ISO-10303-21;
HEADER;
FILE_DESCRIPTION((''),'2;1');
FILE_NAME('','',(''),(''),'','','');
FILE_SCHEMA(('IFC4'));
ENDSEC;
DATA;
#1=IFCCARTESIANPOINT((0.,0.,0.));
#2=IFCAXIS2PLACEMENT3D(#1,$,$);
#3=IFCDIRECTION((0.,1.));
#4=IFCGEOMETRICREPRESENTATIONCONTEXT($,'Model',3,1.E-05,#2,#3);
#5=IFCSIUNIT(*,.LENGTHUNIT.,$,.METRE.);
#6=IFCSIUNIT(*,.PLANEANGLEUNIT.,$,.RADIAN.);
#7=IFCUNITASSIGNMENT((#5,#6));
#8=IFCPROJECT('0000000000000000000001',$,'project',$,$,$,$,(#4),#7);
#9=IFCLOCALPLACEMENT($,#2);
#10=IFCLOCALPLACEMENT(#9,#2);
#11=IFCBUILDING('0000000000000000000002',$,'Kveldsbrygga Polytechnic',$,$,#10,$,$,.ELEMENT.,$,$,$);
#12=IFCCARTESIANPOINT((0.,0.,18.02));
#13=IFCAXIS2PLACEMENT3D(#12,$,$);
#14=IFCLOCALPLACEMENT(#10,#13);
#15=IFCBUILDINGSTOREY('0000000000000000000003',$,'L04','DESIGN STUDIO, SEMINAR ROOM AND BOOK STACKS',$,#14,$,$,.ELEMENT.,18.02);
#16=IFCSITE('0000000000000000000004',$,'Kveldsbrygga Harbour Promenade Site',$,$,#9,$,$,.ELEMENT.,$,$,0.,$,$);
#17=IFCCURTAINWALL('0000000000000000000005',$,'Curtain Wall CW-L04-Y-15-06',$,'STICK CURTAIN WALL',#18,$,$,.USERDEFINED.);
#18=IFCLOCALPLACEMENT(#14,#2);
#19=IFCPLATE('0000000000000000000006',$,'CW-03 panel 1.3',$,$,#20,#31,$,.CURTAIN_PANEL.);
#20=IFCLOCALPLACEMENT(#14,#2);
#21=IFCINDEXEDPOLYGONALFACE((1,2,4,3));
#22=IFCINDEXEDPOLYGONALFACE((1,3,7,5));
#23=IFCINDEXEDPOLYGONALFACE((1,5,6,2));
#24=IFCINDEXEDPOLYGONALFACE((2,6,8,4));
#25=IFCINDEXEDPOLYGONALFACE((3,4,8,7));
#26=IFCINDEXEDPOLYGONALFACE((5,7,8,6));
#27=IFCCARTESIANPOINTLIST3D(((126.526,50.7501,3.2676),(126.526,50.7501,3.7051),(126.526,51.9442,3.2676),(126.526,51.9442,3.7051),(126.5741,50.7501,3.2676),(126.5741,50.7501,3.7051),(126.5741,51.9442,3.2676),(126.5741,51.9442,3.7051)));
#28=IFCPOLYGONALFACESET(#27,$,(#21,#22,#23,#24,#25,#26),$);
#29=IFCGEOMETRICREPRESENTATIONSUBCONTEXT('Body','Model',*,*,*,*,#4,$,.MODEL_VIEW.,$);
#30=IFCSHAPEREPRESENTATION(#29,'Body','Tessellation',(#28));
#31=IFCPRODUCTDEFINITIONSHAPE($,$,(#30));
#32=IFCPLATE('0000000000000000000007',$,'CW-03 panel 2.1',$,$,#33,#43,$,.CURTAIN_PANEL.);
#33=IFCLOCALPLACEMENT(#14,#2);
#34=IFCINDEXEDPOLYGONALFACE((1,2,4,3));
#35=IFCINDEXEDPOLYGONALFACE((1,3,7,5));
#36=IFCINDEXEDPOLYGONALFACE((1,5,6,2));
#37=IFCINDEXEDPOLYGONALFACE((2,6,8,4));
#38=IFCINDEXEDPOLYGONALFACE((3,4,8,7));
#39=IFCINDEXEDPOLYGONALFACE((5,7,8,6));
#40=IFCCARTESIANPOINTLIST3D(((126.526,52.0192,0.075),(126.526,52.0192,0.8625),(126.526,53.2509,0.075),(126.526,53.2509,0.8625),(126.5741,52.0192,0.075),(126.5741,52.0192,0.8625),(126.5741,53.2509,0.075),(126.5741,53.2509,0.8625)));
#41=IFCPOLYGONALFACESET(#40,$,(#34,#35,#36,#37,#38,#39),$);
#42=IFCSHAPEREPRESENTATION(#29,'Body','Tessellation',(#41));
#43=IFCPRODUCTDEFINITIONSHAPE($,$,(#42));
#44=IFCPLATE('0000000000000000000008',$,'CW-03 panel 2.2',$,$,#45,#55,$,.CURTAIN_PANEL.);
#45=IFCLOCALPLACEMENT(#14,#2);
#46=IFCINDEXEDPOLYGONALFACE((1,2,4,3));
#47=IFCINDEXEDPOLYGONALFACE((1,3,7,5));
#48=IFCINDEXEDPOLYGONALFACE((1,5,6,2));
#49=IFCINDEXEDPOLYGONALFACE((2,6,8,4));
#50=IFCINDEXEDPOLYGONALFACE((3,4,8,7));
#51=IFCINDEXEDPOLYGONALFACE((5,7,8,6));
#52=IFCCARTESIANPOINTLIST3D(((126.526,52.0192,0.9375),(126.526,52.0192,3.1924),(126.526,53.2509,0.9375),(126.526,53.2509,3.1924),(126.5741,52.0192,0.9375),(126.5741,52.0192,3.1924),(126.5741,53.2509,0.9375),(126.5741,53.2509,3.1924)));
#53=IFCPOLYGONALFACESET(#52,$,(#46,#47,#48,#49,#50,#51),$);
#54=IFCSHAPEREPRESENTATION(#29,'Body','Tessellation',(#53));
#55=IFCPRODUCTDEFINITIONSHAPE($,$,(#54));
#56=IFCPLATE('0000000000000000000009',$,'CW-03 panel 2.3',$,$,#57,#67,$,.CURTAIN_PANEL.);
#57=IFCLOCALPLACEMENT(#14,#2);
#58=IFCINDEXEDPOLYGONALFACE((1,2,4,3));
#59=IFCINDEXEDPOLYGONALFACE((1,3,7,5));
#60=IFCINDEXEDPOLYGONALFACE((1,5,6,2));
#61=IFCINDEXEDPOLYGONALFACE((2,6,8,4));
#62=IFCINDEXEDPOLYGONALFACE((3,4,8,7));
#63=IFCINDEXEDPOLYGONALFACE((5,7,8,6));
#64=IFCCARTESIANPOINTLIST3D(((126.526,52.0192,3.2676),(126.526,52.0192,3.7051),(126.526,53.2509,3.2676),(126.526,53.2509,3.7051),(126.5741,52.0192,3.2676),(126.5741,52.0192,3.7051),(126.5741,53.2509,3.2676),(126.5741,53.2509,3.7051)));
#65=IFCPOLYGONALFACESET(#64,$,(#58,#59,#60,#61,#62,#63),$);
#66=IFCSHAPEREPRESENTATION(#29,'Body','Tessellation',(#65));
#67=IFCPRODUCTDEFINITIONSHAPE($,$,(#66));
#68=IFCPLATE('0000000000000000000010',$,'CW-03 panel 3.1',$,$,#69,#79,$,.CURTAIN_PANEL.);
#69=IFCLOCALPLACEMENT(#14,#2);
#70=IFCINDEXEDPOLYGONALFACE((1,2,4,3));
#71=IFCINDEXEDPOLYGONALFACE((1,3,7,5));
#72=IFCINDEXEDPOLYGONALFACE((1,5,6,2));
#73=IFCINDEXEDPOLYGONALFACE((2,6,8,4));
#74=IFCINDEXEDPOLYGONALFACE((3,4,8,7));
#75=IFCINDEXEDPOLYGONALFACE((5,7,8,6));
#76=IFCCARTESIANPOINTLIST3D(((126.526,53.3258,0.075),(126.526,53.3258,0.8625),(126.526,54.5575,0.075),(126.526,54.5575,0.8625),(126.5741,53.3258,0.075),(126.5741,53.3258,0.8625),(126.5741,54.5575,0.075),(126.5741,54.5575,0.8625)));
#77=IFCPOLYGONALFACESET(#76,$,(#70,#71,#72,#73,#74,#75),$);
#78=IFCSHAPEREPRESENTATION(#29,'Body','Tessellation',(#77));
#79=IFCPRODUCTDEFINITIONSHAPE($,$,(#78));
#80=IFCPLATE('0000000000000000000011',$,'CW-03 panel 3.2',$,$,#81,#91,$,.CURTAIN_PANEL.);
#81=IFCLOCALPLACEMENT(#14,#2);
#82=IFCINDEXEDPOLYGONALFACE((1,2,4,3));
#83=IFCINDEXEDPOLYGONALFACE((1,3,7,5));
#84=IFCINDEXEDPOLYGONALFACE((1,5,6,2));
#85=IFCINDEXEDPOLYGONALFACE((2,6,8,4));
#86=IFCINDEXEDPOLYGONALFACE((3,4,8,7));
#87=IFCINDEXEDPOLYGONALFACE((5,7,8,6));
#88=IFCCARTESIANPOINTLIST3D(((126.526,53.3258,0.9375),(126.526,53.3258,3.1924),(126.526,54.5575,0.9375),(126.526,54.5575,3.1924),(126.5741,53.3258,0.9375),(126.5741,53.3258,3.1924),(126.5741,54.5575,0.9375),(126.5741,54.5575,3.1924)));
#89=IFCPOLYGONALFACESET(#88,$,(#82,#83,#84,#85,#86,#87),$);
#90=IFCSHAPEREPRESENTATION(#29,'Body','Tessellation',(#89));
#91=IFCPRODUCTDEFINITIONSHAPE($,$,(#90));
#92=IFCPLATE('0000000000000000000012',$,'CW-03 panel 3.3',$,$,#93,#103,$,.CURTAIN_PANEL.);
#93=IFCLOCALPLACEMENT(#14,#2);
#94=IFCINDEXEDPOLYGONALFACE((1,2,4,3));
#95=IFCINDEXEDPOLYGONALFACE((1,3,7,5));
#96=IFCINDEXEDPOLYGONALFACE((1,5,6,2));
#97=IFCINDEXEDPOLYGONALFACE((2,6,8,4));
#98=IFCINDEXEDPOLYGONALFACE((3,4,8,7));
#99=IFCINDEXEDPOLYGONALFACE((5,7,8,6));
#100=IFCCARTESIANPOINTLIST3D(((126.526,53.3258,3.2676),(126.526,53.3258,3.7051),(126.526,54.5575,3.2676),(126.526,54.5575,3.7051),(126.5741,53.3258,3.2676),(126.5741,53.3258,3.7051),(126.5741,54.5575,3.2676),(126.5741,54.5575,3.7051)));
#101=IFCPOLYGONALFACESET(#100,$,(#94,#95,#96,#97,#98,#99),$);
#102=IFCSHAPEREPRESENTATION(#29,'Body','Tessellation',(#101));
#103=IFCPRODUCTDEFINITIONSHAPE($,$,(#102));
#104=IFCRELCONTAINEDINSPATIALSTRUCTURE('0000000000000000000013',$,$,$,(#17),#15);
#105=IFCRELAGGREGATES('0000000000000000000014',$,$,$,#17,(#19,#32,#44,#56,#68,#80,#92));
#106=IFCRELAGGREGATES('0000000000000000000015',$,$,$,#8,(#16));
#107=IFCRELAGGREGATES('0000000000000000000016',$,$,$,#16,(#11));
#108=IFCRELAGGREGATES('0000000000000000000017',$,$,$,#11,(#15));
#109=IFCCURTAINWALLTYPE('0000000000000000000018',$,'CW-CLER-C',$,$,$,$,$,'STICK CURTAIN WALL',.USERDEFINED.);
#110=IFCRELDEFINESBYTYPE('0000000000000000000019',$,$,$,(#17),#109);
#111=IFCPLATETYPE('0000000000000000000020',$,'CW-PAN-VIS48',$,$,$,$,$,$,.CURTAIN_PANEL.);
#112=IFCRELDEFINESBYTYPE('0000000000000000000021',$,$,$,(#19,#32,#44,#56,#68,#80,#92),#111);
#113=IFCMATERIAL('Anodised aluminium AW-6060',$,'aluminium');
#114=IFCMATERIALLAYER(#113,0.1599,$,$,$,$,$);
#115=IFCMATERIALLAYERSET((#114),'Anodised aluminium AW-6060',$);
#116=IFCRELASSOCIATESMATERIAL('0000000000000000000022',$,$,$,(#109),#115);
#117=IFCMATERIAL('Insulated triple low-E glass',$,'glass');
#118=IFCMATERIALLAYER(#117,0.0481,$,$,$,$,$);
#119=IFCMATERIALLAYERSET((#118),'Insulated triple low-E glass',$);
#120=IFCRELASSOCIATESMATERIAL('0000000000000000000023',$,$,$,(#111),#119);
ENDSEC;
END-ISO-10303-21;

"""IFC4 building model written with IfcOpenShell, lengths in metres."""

from ifc_helpers import new_model, si_unit, direction, frame, origin, origin_2d, place, context, subcontext, project, spatial, rectangle, extrude, material, layer, layer_set, type_object, element, aggregate, save


model = new_model("IFC4")

# Units and contexts
model_context = context("Model", 3, precision=1e-05, world=origin(), true_north=direction((0.0, 1.0)))
body_context = subcontext(model_context, "Body", "Model", "MODEL_VIEW")
ifc_project = project(units=[si_unit("LENGTHUNIT", "METRE"), si_unit("PLANEANGLEUNIT", "RADIAN")], contexts=[model_context])

# Site, building, storey
site_placement = place(None, origin())
site = spatial("IfcSite", under=ifc_project, at=site_placement, Name="Kveldsbrygga Harbour Promenade Site", CompositionType="ELEMENT", RefElevation=0.0)
building_placement = place(site_placement, origin())
building = spatial("IfcBuilding", under=site, at=building_placement, Name="Kveldsbrygga Polytechnic", CompositionType="ELEMENT")
storey_placement = place(building_placement, frame((0.0, 0.0, 18.02)))
storey = spatial("IfcBuildingStorey", under=building, at=storey_placement, Name="L04", Description="DESIGN STUDIO, SEMINAR ROOM AND BOOK STACKS", CompositionType="ELEMENT", Elevation=18.02)

# Curtain wall
ifc_material_1 = material(Name="Anodised aluminium AW-6060", Category="aluminium")
ifc_layer_1 = layer(ifc_material_1, 0.1599)
ifc_layer_set_1 = layer_set([ifc_layer_1], Name="Anodised aluminium AW-6060")
curtain_wall_type = type_object("IfcCurtainWallType", Name="CW-CLER-C", ElementType="STICK CURTAIN WALL", PredefinedType="USERDEFINED", material=ifc_layer_set_1)
curtain_wall_placement = place(storey_placement, origin())
curtain_wall = element("IfcCurtainWall", 1, at=curtain_wall_placement, inside=storey, type_object=curtain_wall_type, Name="Curtain Wall CW-L04-Y-15-06", ObjectType="STICK CURTAIN WALL", PredefinedType="USERDEFINED")

# Plates
ifc_material_2 = material(Name="Insulated triple low-E glass", Category="glass")
ifc_layer_2 = layer(ifc_material_2, 0.0481)
ifc_layer_set_2 = layer_set([ifc_layer_2], Name="Insulated triple low-E glass")
plate_type = type_object("IfcPlateType", Name="CW-PAN-VIS48", PredefinedType="CURTAIN_PANEL", material=ifc_layer_set_2)
plate_1_placement = place(storey_placement, frame((126.55, 51.3472, 3.2676), z_axis=(0.0, 0.0, 1.0), x_axis=(0.0, 1.0, 0.0)))
plate_1 = element("IfcPlate", 2, at=plate_1_placement, type_object=plate_type, Name="CW-03 panel 1.3", PredefinedType="CURTAIN_PANEL", context=body_context, shape_type="SweptSolid", body=[
    extrude(rectangle(XDim=1.1941, YDim=0.0481, at=origin_2d()), origin(), (0.0, 0.0, 1.0), 0.4375),
])
plate_2_placement = place(storey_placement, frame((126.55, 52.635, 0.075), z_axis=(0.0, 0.0, 1.0), x_axis=(0.0, 1.0, 0.0)))
plate_2 = element("IfcPlate", 3, at=plate_2_placement, type_object=plate_type, Name="CW-03 panel 2.1", PredefinedType="CURTAIN_PANEL", context=body_context, shape_type="SweptSolid", body=[
    extrude(rectangle(XDim=1.2317, YDim=0.0481, at=origin_2d()), origin(), (0.0, 0.0, 1.0), 0.7876),
])
plate_3_placement = place(storey_placement, frame((126.55, 52.635, 0.9375), z_axis=(0.0, 0.0, 1.0), x_axis=(0.0, 1.0, 0.0)))
plate_3 = element("IfcPlate", 4, at=plate_3_placement, type_object=plate_type, Name="CW-03 panel 2.2", PredefinedType="CURTAIN_PANEL", context=body_context, shape_type="SweptSolid", body=[
    extrude(rectangle(XDim=1.2317, YDim=0.0481, at=origin_2d()), origin(), (0.0, 0.0, 1.0), 2.2549),
])
plate_4_placement = place(storey_placement, frame((126.55, 52.635, 3.2676), z_axis=(0.0, 0.0, 1.0), x_axis=(0.0, 1.0, 0.0)))
plate_4 = element("IfcPlate", 5, at=plate_4_placement, type_object=plate_type, Name="CW-03 panel 2.3", PredefinedType="CURTAIN_PANEL", context=body_context, shape_type="SweptSolid", body=[
    extrude(rectangle(XDim=1.2317, YDim=0.0481, at=origin_2d()), origin(), (0.0, 0.0, 1.0), 0.4375),
])
plate_5_placement = place(storey_placement, frame((126.55, 53.9417, 0.075), z_axis=(0.0, 0.0, 1.0), x_axis=(0.0, 1.0, 0.0)))
plate_5 = element("IfcPlate", 6, at=plate_5_placement, type_object=plate_type, Name="CW-03 panel 3.1", PredefinedType="CURTAIN_PANEL", context=body_context, shape_type="SweptSolid", body=[
    extrude(rectangle(XDim=1.2317, YDim=0.0481, at=origin_2d()), origin(), (0.0, 0.0, 1.0), 0.7876),
])
plate_6_placement = place(storey_placement, frame((126.55, 53.9417, 0.9375), z_axis=(0.0, 0.0, 1.0), x_axis=(0.0, 1.0, 0.0)))
plate_6 = element("IfcPlate", 7, at=plate_6_placement, type_object=plate_type, Name="CW-03 panel 3.2", PredefinedType="CURTAIN_PANEL", context=body_context, shape_type="SweptSolid", body=[
    extrude(rectangle(XDim=1.2317, YDim=0.0481, at=origin_2d()), origin(), (0.0, 0.0, 1.0), 2.2549),
])
plate_7_placement = place(storey_placement, frame((126.55, 53.9417, 3.2676), z_axis=(0.0, 0.0, 1.0), x_axis=(0.0, 1.0, 0.0)))
plate_7 = element("IfcPlate", 8, at=plate_7_placement, type_object=plate_type, Name="CW-03 panel 3.3", PredefinedType="CURTAIN_PANEL", context=body_context, shape_type="SweptSolid", body=[
    extrude(rectangle(XDim=1.2317, YDim=0.0481, at=origin_2d()), origin(), (0.0, 0.0, 1.0), 0.4375),
])
aggregate(curtain_wall, [plate_1, plate_2, plate_3, plate_4, plate_5, plate_6, plate_7])

save(model, "model.ifc")
